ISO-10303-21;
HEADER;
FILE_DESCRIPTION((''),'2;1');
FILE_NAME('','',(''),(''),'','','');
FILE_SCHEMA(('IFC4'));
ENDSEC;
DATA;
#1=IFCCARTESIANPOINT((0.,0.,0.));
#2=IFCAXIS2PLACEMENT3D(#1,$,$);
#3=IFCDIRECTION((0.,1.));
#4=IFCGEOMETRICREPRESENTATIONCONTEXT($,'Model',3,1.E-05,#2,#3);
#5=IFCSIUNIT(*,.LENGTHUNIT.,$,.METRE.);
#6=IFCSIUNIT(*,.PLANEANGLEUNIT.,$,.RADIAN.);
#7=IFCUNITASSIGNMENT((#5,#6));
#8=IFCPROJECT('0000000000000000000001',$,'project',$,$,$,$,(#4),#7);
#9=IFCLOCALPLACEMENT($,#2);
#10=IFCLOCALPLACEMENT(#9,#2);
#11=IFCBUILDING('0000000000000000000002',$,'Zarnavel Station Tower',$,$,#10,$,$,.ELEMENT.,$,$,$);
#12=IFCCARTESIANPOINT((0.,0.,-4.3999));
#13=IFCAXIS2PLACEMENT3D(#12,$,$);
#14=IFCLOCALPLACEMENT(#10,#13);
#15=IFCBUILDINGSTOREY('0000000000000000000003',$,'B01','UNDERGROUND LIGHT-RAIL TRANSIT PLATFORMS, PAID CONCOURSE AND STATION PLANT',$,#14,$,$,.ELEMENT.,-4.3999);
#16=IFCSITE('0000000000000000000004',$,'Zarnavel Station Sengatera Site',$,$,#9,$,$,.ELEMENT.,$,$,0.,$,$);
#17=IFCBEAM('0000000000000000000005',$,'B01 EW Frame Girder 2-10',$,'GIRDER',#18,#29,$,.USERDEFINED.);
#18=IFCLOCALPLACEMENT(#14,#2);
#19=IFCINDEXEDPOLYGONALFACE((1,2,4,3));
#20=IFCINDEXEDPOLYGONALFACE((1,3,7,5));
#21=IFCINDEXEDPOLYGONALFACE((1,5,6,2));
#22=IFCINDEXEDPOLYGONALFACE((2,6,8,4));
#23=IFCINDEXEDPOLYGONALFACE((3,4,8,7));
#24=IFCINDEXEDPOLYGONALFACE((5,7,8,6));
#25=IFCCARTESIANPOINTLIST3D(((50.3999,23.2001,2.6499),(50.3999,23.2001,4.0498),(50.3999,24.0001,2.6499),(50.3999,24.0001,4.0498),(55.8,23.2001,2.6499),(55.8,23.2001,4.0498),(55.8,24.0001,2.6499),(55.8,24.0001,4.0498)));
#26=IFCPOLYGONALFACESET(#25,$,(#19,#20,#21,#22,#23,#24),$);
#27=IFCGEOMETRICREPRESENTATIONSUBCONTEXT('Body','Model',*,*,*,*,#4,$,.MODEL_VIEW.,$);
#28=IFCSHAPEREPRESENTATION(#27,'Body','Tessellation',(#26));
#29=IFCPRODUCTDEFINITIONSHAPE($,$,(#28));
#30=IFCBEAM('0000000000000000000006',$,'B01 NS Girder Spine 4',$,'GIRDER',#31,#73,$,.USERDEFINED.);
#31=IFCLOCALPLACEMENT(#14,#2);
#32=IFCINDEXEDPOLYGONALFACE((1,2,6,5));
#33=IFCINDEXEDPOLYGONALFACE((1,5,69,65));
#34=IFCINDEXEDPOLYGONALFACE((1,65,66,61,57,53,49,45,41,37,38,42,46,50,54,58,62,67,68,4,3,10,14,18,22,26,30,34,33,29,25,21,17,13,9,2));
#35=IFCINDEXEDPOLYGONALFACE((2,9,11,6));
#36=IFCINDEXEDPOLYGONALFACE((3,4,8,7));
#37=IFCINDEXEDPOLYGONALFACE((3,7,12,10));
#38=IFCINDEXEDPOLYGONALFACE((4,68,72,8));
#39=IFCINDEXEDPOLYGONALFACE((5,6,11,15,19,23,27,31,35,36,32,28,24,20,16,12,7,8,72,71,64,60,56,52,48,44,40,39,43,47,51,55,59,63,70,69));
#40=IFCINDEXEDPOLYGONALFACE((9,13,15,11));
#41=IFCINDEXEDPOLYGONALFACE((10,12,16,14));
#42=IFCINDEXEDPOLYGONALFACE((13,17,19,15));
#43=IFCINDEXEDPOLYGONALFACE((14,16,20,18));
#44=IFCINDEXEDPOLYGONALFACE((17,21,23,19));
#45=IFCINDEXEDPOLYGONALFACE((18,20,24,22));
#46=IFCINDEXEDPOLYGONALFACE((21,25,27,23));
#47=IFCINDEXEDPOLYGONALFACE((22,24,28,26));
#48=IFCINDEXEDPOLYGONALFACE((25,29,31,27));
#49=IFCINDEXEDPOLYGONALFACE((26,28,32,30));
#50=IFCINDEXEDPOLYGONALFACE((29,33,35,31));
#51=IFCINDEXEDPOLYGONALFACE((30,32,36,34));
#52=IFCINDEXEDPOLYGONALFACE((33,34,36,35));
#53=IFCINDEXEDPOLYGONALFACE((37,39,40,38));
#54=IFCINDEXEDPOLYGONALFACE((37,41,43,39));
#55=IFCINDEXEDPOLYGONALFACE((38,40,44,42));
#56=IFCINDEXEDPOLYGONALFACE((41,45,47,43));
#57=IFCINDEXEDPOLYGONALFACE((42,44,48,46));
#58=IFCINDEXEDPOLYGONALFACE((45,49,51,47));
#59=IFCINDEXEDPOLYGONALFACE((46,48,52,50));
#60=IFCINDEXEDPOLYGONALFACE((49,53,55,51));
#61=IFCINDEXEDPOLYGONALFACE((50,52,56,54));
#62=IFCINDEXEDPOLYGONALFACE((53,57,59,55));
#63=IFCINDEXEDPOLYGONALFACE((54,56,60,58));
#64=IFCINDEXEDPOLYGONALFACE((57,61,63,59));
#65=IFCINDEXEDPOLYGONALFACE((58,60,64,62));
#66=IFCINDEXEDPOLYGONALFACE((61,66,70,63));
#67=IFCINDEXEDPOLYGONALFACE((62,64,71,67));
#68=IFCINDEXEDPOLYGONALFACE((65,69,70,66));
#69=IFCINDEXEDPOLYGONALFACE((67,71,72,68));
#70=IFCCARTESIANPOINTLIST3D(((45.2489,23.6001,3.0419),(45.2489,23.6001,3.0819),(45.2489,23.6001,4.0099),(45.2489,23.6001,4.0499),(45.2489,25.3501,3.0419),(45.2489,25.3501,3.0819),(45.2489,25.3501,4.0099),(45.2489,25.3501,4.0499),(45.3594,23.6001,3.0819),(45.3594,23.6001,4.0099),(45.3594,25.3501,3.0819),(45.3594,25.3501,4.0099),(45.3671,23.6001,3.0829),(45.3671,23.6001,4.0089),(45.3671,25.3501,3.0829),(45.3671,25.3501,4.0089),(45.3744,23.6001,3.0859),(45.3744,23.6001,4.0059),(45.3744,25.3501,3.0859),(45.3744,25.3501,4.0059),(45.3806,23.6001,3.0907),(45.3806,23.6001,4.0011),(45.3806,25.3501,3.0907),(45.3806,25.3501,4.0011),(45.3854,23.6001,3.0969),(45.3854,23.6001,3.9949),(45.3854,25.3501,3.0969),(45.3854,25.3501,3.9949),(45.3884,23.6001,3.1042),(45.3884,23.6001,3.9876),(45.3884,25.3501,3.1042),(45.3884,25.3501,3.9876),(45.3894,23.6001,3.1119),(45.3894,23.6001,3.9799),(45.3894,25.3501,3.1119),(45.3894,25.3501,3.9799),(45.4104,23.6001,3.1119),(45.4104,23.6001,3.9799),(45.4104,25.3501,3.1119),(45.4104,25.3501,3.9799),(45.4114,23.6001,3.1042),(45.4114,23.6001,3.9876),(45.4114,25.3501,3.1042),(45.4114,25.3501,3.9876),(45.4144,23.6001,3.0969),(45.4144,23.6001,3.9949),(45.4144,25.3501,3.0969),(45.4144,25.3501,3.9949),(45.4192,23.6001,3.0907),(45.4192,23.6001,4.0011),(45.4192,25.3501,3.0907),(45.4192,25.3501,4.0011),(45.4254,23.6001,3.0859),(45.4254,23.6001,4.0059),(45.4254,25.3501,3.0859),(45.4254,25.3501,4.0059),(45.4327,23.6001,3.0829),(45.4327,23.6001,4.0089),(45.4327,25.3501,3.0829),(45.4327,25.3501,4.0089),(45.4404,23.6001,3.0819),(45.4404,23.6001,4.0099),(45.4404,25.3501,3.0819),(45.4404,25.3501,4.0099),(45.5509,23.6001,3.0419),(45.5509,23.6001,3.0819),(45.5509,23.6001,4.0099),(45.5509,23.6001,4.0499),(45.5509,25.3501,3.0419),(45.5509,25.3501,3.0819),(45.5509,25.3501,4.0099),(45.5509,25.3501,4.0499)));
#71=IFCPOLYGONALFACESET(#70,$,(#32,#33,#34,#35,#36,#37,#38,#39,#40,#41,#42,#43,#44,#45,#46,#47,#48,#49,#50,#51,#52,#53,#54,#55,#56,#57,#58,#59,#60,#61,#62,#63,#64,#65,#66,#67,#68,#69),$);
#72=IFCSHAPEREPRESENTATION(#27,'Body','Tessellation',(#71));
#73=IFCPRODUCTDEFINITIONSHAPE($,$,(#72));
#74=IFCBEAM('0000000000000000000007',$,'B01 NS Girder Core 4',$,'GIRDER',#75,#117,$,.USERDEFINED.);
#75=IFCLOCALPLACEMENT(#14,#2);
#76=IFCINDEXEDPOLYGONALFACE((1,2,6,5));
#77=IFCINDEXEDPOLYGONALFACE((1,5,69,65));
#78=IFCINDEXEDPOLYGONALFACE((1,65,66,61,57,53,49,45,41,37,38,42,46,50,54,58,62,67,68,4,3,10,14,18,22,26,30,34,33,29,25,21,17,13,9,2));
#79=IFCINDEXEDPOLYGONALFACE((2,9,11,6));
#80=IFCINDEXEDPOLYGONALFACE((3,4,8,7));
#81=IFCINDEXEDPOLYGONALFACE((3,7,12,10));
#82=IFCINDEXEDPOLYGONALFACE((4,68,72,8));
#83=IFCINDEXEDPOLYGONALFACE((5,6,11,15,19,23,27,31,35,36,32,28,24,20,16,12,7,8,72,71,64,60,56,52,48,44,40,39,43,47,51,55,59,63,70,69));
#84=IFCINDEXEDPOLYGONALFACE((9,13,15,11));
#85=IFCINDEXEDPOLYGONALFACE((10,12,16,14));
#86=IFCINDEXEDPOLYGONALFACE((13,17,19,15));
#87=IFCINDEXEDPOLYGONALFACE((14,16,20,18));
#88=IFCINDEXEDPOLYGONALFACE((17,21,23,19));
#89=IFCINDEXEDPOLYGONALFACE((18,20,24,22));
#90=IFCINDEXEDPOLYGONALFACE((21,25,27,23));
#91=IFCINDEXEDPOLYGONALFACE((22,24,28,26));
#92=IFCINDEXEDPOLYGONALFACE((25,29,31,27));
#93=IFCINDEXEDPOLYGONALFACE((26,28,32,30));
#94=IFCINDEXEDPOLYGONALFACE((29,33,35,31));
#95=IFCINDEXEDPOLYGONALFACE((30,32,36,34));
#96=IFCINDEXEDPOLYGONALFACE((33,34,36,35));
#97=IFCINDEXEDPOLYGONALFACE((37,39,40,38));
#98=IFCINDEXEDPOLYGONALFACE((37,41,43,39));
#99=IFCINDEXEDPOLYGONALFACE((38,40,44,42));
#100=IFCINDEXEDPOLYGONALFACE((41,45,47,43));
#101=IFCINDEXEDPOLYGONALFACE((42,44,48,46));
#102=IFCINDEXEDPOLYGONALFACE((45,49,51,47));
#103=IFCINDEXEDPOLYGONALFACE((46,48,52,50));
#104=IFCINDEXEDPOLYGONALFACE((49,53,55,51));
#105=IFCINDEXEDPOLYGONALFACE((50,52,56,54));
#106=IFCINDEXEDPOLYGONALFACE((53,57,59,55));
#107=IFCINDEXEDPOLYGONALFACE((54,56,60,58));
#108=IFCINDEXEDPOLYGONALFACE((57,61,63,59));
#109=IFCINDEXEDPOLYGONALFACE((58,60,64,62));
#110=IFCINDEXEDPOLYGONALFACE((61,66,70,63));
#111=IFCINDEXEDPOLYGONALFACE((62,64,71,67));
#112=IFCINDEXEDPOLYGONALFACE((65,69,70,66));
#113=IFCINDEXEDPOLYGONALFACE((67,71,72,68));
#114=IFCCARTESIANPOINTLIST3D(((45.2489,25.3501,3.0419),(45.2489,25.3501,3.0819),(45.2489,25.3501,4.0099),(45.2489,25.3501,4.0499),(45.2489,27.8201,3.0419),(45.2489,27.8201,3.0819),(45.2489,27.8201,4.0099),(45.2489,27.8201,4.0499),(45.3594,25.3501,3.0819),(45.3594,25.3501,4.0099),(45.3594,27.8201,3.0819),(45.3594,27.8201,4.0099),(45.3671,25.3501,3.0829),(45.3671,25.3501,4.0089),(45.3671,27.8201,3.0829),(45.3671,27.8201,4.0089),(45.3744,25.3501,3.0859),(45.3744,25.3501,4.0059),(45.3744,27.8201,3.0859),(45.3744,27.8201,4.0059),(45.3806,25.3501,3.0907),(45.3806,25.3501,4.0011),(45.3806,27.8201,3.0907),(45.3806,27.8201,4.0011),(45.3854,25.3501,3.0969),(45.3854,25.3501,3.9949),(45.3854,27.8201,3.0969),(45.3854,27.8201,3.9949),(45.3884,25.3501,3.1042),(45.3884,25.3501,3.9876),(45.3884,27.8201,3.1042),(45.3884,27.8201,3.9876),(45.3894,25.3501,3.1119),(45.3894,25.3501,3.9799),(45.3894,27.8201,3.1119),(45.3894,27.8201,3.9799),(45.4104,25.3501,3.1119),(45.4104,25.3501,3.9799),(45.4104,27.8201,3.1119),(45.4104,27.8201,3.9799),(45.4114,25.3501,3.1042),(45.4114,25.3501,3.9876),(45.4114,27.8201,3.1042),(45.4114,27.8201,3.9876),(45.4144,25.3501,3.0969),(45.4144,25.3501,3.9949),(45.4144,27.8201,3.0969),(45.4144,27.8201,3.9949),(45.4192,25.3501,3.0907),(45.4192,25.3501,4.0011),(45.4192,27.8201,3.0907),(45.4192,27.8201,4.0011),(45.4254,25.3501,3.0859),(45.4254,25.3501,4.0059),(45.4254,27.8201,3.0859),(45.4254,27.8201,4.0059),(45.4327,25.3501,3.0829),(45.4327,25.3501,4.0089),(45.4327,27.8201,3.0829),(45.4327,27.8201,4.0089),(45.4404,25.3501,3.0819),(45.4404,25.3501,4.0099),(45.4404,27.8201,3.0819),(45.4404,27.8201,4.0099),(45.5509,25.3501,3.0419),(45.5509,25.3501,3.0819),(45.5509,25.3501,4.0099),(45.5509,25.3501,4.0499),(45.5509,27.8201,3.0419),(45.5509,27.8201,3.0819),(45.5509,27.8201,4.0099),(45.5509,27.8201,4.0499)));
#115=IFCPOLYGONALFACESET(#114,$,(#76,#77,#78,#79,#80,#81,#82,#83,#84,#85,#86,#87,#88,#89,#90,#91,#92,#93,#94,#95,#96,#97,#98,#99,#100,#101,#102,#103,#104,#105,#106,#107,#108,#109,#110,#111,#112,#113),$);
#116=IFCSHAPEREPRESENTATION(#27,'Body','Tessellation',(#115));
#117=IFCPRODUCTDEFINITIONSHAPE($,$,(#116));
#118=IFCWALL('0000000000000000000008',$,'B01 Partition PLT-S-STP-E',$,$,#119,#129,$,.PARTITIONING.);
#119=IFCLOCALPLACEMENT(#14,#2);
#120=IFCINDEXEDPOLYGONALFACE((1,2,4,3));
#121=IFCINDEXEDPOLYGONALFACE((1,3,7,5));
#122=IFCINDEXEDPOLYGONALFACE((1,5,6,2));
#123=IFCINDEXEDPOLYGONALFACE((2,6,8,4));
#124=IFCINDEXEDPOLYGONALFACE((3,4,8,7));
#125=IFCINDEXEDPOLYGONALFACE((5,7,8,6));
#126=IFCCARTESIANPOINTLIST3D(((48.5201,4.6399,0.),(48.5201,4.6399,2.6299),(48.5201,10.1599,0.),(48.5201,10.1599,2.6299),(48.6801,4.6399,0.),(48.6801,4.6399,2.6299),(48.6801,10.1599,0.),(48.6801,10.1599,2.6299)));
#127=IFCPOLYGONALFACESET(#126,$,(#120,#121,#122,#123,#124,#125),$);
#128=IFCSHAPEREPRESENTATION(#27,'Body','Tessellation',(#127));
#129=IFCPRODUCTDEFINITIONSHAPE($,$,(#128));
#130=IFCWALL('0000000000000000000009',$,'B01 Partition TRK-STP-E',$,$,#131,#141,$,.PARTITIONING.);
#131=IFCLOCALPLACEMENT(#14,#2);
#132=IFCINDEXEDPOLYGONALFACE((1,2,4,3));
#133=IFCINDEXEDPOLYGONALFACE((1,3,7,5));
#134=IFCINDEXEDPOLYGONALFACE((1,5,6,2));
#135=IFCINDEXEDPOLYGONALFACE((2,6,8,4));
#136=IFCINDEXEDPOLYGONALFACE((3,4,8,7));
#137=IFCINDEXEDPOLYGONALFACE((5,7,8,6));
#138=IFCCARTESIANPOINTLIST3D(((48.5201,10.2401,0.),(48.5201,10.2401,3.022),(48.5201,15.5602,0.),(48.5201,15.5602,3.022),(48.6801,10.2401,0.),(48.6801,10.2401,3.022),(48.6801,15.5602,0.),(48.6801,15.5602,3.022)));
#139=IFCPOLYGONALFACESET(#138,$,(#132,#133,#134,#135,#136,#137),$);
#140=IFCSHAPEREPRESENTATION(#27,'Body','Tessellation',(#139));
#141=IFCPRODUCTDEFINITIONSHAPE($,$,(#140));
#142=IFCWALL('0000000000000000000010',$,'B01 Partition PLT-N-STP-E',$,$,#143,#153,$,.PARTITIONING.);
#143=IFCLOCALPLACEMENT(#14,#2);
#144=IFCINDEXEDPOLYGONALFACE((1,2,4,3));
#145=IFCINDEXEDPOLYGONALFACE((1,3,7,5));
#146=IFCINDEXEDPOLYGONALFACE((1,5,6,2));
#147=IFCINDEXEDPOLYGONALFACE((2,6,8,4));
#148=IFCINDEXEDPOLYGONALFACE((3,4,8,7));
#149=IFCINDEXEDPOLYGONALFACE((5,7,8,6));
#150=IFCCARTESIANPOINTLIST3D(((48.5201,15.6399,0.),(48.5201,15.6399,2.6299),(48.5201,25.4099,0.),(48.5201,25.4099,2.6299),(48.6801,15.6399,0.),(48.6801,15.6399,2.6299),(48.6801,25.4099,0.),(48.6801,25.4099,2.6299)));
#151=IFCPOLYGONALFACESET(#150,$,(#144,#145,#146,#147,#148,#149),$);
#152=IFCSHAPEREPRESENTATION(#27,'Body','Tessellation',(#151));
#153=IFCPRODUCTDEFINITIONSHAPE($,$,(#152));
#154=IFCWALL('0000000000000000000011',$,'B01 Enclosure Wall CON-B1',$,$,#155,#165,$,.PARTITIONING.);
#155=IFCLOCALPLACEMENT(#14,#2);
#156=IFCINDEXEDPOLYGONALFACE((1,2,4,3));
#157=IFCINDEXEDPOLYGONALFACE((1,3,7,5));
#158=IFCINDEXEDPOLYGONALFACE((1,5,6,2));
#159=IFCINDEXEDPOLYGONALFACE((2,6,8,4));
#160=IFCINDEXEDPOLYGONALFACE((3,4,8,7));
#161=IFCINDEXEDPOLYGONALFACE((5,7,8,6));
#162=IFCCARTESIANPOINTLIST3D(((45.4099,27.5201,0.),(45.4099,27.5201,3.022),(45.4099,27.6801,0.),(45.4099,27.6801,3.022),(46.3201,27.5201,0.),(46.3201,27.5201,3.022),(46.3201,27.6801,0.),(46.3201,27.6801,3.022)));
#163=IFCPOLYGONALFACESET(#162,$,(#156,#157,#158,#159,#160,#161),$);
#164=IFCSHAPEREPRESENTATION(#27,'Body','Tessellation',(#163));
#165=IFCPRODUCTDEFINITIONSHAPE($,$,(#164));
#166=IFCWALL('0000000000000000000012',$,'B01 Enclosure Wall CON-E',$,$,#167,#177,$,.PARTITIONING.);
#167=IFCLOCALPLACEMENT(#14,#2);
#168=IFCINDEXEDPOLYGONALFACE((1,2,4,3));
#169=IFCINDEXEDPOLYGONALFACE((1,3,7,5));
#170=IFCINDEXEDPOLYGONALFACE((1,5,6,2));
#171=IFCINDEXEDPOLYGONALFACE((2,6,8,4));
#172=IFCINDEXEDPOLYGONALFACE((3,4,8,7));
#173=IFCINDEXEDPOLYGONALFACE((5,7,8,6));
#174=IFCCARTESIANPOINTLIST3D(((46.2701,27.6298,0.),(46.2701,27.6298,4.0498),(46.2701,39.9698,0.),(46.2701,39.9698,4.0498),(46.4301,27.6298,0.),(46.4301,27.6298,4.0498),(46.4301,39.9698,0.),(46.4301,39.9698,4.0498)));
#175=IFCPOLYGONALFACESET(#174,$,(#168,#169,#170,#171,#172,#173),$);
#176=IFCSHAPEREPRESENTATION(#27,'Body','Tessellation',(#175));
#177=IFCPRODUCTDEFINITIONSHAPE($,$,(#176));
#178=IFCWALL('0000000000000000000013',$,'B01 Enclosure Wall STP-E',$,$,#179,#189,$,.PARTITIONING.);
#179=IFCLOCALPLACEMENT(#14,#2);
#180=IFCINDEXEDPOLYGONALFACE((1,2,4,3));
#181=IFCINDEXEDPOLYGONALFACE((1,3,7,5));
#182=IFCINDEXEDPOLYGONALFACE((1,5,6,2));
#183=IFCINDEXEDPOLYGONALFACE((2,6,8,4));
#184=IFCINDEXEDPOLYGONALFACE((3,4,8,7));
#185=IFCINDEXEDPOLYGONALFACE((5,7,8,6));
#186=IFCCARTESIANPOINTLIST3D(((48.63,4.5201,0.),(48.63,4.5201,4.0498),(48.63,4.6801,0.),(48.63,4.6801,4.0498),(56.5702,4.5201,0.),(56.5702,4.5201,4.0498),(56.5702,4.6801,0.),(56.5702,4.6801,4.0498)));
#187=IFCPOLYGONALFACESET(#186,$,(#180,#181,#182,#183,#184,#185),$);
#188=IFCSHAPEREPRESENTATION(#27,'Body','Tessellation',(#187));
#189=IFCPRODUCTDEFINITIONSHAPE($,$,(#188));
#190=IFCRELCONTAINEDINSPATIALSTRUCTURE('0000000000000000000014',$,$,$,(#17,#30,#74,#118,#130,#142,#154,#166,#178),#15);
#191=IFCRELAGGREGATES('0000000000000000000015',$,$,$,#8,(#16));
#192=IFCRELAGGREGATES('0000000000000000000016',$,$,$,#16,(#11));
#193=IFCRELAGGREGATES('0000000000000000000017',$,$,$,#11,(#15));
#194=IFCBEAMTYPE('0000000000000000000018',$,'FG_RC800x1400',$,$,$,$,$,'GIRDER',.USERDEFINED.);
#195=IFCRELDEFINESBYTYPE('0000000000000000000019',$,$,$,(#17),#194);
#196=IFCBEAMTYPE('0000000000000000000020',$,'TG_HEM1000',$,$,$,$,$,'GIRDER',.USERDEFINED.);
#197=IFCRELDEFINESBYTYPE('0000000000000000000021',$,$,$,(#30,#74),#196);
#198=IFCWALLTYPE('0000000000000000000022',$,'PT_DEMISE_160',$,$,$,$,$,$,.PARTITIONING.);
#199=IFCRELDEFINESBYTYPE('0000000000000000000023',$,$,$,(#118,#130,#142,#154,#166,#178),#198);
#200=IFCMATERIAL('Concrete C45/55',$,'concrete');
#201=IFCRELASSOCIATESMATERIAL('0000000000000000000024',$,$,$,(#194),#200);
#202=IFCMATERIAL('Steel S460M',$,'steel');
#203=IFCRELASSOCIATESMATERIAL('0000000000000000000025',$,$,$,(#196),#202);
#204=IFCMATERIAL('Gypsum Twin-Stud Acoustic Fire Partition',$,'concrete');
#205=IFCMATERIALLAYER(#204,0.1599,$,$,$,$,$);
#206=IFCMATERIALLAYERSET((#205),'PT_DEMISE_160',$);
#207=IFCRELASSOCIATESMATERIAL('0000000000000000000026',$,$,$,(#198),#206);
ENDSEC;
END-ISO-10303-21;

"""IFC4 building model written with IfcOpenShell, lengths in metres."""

from ifc_helpers import new_model, si_unit, direction, frame, frame_2d, origin, origin_2d, place, context, subcontext, project, spatial, rectangle, i_section, extrude, material, layer, layer_set, material_profile, profile_set, type_object, element, save


model = new_model("IFC4")

# Units and contexts
model_context = context("Model", 3, precision=1e-05, world=origin(), true_north=direction((0.0, 1.0)))
body_context = subcontext(model_context, "Body", "Model", "MODEL_VIEW")
ifc_project = project(units=[si_unit("LENGTHUNIT", "METRE"), si_unit("PLANEANGLEUNIT", "RADIAN")], contexts=[model_context])

# Site, building, storey
site_placement = place(None, origin())
site = spatial("IfcSite", under=ifc_project, at=site_placement, Name="Zarnavel Station Sengatera Site", CompositionType="ELEMENT", RefElevation=0.0)
building_placement = place(site_placement, origin())
building = spatial("IfcBuilding", under=site, at=building_placement, Name="Zarnavel Station Tower", CompositionType="ELEMENT")
storey_placement = place(building_placement, frame((0.0, 0.0, -4.3999)))
storey = spatial("IfcBuildingStorey", under=building, at=storey_placement, Name="B01", Description="UNDERGROUND LIGHT-RAIL TRANSIT PLATFORMS, PAID CONCOURSE AND STATION PLANT", CompositionType="ELEMENT", Elevation=-4.3999)

# Beams
ifc_material_1 = material(Name="Concrete C45/55", Category="concrete")
ifc_material_profile_1 = material_profile(ifc_material_1, rectangle(XDim=0.8, YDim=1.3999, at=origin_2d()), Name="RC800x1400")
ifc_profile_set_1 = profile_set([ifc_material_profile_1], Name="Concrete C45/55")
beam_type_1 = type_object("IfcBeamType", Name="FG_RC800x1400", ElementType="GIRDER", PredefinedType="USERDEFINED", material=ifc_profile_set_1)
beam_1_placement = place(storey_placement, frame((50.3999, 23.6001, 3.3499), z_axis=(1.0, 0.0, 0.0), x_axis=(0.0, 1.0, 0.0)))
element("IfcBeam", 1, at=beam_1_placement, inside=storey, type_object=beam_type_1, Name="B01 EW Frame Girder 2-10", ObjectType="GIRDER", PredefinedType="USERDEFINED", context=body_context, shape_type="SweptSolid", body=[
    extrude(rectangle(XDim=0.8, YDim=1.3999, at=origin_2d()), origin(), (0.0, 0.0, 1.0), 5.4001),
])
ifc_material_2 = material(Name="Steel S460M", Category="steel")
ifc_material_profile_2 = material_profile(ifc_material_2, i_section(OverallWidth=0.302, OverallDepth=1.0081, WebThickness=0.021, FlangeThickness=0.04, FilletRadius=0.03, at=origin_2d()), Name="HEM1000")
ifc_profile_set_2 = profile_set([ifc_material_profile_2], Name="Steel S460M")
beam_type_2 = type_object("IfcBeamType", Name="TG_HEM1000", ElementType="GIRDER", PredefinedType="USERDEFINED", material=ifc_profile_set_2)
beam_2_placement = place(storey_placement, frame((45.3999, 23.6001, 3.5459), z_axis=(0.0, 1.0, 0.0), x_axis=(-1.0, 0.0, 0.0)))
element("IfcBeam", 2, at=beam_2_placement, inside=storey, type_object=beam_type_2, Name="B01 NS Girder Spine 4", ObjectType="GIRDER", PredefinedType="USERDEFINED", context=body_context, shape_type="SweptSolid", body=[
    extrude(i_section(OverallWidth=0.302, OverallDepth=1.0081, WebThickness=0.021, FlangeThickness=0.04, FilletRadius=0.03, at=origin_2d()), origin(), (0.0, 0.0, 1.0), 1.75),
])
beam_3_placement = place(storey_placement, frame((45.3999, 25.3501, 3.5459), z_axis=(0.0, 1.0, 0.0), x_axis=(-1.0, 0.0, 0.0)))
element("IfcBeam", 3, at=beam_3_placement, inside=storey, type_object=beam_type_2, Name="B01 NS Girder Core 4", ObjectType="GIRDER", PredefinedType="USERDEFINED", context=body_context, shape_type="SweptSolid", body=[
    extrude(i_section(OverallWidth=0.302, OverallDepth=1.0081, WebThickness=0.021, FlangeThickness=0.04, FilletRadius=0.03, at=origin_2d()), origin(), (0.0, 0.0, 1.0), 2.47),
])

# Shared definitions
ifc_material_3 = material(Name="Gypsum Twin-Stud Acoustic Fire Partition", Category="concrete")
ifc_layer_1 = layer(ifc_material_3, 0.1599)
ifc_layer_set_1 = layer_set([ifc_layer_1], Name="PT_DEMISE_160")
wall_type_1 = type_object("IfcWallType", Name="PT_DEMISE_160", PredefinedType="PARTITIONING", material=ifc_layer_set_1)

# Walls
wall_1_placement = place(storey_placement, frame((48.6001, 4.6399, 0.0), z_axis=(0.0, 0.0, 1.0), x_axis=(0.0, 1.0, 0.0)))
element("IfcWall", 4, at=wall_1_placement, inside=storey, type_object=wall_type_1, Name="B01 Partition PLT-S-STP-E", PredefinedType="PARTITIONING", context=body_context, shape_type="SweptSolid", body=[
    extrude(rectangle(XDim=5.52, YDim=0.1599, at=frame_2d((2.76, 0.0))), origin(), (0.0, 0.0, 1.0), 2.6299),
])
wall_2_placement = place(storey_placement, frame((48.6001, 10.24, 0.0), z_axis=(0.0, 0.0, 1.0), x_axis=(0.0, 1.0, 0.0)))
element("IfcWall", 5, at=wall_2_placement, inside=storey, type_object=wall_type_1, Name="B01 Partition TRK-STP-E", PredefinedType="PARTITIONING", context=body_context, shape_type="SweptSolid", body=[
    extrude(rectangle(XDim=5.3201, YDim=0.1599, at=frame_2d((2.6602, 0.0))), origin(), (0.0, 0.0, 1.0), 3.022),
])
wall_3_placement = place(storey_placement, frame((48.6001, 15.6399, 0.0), z_axis=(0.0, 0.0, 1.0), x_axis=(0.0, 1.0, 0.0)))
element("IfcWall", 6, at=wall_3_placement, inside=storey, type_object=wall_type_1, Name="B01 Partition PLT-N-STP-E", PredefinedType="PARTITIONING", context=body_context, shape_type="SweptSolid", body=[
    extrude(rectangle(XDim=9.77, YDim=0.1599, at=frame_2d((4.885, 0.0))), origin(), (0.0, 0.0, 1.0), 2.6299),
])
wall_4_placement = place(storey_placement, frame((45.4099, 27.6001, 0.0), z_axis=(0.0, 0.0, 1.0), x_axis=(1.0, 0.0, 0.0)))
element("IfcWall", 7, at=wall_4_placement, inside=storey, type_object=wall_type_1, Name="B01 Enclosure Wall CON-B1", PredefinedType="PARTITIONING", context=body_context, shape_type="SweptSolid", body=[
    extrude(rectangle(XDim=0.9102, YDim=0.1599, at=frame_2d((0.4551, 0.0))), origin(), (0.0, 0.0, 1.0), 3.022),
])
wall_5_placement = place(storey_placement, frame((46.3501, 27.6299, 0.0), z_axis=(0.0, 0.0, 1.0), x_axis=(0.0, 1.0, 0.0)))
element("IfcWall", 8, at=wall_5_placement, inside=storey, type_object=wall_type_1, Name="B01 Enclosure Wall CON-E", PredefinedType="PARTITIONING", context=body_context, shape_type="SweptSolid", body=[
    extrude(rectangle(XDim=12.3401, YDim=0.1599, at=frame_2d((6.1699, 0.0))), origin(), (0.0, 0.0, 1.0), 4.0498),
])
wall_6_placement = place(storey_placement, frame((48.6299, 4.6001, 0.0), z_axis=(0.0, 0.0, 1.0), x_axis=(1.0, 0.0, 0.0)))
element("IfcWall", 9, at=wall_6_placement, inside=storey, type_object=wall_type_1, Name="B01 Enclosure Wall STP-E", PredefinedType="PARTITIONING", context=body_context, shape_type="SweptSolid", body=[
    extrude(rectangle(XDim=7.9402, YDim=0.1599, at=frame_2d((3.9702, 0.0))), origin(), (0.0, 0.0, 1.0), 4.0498),
])

save(model, "model.ifc")
